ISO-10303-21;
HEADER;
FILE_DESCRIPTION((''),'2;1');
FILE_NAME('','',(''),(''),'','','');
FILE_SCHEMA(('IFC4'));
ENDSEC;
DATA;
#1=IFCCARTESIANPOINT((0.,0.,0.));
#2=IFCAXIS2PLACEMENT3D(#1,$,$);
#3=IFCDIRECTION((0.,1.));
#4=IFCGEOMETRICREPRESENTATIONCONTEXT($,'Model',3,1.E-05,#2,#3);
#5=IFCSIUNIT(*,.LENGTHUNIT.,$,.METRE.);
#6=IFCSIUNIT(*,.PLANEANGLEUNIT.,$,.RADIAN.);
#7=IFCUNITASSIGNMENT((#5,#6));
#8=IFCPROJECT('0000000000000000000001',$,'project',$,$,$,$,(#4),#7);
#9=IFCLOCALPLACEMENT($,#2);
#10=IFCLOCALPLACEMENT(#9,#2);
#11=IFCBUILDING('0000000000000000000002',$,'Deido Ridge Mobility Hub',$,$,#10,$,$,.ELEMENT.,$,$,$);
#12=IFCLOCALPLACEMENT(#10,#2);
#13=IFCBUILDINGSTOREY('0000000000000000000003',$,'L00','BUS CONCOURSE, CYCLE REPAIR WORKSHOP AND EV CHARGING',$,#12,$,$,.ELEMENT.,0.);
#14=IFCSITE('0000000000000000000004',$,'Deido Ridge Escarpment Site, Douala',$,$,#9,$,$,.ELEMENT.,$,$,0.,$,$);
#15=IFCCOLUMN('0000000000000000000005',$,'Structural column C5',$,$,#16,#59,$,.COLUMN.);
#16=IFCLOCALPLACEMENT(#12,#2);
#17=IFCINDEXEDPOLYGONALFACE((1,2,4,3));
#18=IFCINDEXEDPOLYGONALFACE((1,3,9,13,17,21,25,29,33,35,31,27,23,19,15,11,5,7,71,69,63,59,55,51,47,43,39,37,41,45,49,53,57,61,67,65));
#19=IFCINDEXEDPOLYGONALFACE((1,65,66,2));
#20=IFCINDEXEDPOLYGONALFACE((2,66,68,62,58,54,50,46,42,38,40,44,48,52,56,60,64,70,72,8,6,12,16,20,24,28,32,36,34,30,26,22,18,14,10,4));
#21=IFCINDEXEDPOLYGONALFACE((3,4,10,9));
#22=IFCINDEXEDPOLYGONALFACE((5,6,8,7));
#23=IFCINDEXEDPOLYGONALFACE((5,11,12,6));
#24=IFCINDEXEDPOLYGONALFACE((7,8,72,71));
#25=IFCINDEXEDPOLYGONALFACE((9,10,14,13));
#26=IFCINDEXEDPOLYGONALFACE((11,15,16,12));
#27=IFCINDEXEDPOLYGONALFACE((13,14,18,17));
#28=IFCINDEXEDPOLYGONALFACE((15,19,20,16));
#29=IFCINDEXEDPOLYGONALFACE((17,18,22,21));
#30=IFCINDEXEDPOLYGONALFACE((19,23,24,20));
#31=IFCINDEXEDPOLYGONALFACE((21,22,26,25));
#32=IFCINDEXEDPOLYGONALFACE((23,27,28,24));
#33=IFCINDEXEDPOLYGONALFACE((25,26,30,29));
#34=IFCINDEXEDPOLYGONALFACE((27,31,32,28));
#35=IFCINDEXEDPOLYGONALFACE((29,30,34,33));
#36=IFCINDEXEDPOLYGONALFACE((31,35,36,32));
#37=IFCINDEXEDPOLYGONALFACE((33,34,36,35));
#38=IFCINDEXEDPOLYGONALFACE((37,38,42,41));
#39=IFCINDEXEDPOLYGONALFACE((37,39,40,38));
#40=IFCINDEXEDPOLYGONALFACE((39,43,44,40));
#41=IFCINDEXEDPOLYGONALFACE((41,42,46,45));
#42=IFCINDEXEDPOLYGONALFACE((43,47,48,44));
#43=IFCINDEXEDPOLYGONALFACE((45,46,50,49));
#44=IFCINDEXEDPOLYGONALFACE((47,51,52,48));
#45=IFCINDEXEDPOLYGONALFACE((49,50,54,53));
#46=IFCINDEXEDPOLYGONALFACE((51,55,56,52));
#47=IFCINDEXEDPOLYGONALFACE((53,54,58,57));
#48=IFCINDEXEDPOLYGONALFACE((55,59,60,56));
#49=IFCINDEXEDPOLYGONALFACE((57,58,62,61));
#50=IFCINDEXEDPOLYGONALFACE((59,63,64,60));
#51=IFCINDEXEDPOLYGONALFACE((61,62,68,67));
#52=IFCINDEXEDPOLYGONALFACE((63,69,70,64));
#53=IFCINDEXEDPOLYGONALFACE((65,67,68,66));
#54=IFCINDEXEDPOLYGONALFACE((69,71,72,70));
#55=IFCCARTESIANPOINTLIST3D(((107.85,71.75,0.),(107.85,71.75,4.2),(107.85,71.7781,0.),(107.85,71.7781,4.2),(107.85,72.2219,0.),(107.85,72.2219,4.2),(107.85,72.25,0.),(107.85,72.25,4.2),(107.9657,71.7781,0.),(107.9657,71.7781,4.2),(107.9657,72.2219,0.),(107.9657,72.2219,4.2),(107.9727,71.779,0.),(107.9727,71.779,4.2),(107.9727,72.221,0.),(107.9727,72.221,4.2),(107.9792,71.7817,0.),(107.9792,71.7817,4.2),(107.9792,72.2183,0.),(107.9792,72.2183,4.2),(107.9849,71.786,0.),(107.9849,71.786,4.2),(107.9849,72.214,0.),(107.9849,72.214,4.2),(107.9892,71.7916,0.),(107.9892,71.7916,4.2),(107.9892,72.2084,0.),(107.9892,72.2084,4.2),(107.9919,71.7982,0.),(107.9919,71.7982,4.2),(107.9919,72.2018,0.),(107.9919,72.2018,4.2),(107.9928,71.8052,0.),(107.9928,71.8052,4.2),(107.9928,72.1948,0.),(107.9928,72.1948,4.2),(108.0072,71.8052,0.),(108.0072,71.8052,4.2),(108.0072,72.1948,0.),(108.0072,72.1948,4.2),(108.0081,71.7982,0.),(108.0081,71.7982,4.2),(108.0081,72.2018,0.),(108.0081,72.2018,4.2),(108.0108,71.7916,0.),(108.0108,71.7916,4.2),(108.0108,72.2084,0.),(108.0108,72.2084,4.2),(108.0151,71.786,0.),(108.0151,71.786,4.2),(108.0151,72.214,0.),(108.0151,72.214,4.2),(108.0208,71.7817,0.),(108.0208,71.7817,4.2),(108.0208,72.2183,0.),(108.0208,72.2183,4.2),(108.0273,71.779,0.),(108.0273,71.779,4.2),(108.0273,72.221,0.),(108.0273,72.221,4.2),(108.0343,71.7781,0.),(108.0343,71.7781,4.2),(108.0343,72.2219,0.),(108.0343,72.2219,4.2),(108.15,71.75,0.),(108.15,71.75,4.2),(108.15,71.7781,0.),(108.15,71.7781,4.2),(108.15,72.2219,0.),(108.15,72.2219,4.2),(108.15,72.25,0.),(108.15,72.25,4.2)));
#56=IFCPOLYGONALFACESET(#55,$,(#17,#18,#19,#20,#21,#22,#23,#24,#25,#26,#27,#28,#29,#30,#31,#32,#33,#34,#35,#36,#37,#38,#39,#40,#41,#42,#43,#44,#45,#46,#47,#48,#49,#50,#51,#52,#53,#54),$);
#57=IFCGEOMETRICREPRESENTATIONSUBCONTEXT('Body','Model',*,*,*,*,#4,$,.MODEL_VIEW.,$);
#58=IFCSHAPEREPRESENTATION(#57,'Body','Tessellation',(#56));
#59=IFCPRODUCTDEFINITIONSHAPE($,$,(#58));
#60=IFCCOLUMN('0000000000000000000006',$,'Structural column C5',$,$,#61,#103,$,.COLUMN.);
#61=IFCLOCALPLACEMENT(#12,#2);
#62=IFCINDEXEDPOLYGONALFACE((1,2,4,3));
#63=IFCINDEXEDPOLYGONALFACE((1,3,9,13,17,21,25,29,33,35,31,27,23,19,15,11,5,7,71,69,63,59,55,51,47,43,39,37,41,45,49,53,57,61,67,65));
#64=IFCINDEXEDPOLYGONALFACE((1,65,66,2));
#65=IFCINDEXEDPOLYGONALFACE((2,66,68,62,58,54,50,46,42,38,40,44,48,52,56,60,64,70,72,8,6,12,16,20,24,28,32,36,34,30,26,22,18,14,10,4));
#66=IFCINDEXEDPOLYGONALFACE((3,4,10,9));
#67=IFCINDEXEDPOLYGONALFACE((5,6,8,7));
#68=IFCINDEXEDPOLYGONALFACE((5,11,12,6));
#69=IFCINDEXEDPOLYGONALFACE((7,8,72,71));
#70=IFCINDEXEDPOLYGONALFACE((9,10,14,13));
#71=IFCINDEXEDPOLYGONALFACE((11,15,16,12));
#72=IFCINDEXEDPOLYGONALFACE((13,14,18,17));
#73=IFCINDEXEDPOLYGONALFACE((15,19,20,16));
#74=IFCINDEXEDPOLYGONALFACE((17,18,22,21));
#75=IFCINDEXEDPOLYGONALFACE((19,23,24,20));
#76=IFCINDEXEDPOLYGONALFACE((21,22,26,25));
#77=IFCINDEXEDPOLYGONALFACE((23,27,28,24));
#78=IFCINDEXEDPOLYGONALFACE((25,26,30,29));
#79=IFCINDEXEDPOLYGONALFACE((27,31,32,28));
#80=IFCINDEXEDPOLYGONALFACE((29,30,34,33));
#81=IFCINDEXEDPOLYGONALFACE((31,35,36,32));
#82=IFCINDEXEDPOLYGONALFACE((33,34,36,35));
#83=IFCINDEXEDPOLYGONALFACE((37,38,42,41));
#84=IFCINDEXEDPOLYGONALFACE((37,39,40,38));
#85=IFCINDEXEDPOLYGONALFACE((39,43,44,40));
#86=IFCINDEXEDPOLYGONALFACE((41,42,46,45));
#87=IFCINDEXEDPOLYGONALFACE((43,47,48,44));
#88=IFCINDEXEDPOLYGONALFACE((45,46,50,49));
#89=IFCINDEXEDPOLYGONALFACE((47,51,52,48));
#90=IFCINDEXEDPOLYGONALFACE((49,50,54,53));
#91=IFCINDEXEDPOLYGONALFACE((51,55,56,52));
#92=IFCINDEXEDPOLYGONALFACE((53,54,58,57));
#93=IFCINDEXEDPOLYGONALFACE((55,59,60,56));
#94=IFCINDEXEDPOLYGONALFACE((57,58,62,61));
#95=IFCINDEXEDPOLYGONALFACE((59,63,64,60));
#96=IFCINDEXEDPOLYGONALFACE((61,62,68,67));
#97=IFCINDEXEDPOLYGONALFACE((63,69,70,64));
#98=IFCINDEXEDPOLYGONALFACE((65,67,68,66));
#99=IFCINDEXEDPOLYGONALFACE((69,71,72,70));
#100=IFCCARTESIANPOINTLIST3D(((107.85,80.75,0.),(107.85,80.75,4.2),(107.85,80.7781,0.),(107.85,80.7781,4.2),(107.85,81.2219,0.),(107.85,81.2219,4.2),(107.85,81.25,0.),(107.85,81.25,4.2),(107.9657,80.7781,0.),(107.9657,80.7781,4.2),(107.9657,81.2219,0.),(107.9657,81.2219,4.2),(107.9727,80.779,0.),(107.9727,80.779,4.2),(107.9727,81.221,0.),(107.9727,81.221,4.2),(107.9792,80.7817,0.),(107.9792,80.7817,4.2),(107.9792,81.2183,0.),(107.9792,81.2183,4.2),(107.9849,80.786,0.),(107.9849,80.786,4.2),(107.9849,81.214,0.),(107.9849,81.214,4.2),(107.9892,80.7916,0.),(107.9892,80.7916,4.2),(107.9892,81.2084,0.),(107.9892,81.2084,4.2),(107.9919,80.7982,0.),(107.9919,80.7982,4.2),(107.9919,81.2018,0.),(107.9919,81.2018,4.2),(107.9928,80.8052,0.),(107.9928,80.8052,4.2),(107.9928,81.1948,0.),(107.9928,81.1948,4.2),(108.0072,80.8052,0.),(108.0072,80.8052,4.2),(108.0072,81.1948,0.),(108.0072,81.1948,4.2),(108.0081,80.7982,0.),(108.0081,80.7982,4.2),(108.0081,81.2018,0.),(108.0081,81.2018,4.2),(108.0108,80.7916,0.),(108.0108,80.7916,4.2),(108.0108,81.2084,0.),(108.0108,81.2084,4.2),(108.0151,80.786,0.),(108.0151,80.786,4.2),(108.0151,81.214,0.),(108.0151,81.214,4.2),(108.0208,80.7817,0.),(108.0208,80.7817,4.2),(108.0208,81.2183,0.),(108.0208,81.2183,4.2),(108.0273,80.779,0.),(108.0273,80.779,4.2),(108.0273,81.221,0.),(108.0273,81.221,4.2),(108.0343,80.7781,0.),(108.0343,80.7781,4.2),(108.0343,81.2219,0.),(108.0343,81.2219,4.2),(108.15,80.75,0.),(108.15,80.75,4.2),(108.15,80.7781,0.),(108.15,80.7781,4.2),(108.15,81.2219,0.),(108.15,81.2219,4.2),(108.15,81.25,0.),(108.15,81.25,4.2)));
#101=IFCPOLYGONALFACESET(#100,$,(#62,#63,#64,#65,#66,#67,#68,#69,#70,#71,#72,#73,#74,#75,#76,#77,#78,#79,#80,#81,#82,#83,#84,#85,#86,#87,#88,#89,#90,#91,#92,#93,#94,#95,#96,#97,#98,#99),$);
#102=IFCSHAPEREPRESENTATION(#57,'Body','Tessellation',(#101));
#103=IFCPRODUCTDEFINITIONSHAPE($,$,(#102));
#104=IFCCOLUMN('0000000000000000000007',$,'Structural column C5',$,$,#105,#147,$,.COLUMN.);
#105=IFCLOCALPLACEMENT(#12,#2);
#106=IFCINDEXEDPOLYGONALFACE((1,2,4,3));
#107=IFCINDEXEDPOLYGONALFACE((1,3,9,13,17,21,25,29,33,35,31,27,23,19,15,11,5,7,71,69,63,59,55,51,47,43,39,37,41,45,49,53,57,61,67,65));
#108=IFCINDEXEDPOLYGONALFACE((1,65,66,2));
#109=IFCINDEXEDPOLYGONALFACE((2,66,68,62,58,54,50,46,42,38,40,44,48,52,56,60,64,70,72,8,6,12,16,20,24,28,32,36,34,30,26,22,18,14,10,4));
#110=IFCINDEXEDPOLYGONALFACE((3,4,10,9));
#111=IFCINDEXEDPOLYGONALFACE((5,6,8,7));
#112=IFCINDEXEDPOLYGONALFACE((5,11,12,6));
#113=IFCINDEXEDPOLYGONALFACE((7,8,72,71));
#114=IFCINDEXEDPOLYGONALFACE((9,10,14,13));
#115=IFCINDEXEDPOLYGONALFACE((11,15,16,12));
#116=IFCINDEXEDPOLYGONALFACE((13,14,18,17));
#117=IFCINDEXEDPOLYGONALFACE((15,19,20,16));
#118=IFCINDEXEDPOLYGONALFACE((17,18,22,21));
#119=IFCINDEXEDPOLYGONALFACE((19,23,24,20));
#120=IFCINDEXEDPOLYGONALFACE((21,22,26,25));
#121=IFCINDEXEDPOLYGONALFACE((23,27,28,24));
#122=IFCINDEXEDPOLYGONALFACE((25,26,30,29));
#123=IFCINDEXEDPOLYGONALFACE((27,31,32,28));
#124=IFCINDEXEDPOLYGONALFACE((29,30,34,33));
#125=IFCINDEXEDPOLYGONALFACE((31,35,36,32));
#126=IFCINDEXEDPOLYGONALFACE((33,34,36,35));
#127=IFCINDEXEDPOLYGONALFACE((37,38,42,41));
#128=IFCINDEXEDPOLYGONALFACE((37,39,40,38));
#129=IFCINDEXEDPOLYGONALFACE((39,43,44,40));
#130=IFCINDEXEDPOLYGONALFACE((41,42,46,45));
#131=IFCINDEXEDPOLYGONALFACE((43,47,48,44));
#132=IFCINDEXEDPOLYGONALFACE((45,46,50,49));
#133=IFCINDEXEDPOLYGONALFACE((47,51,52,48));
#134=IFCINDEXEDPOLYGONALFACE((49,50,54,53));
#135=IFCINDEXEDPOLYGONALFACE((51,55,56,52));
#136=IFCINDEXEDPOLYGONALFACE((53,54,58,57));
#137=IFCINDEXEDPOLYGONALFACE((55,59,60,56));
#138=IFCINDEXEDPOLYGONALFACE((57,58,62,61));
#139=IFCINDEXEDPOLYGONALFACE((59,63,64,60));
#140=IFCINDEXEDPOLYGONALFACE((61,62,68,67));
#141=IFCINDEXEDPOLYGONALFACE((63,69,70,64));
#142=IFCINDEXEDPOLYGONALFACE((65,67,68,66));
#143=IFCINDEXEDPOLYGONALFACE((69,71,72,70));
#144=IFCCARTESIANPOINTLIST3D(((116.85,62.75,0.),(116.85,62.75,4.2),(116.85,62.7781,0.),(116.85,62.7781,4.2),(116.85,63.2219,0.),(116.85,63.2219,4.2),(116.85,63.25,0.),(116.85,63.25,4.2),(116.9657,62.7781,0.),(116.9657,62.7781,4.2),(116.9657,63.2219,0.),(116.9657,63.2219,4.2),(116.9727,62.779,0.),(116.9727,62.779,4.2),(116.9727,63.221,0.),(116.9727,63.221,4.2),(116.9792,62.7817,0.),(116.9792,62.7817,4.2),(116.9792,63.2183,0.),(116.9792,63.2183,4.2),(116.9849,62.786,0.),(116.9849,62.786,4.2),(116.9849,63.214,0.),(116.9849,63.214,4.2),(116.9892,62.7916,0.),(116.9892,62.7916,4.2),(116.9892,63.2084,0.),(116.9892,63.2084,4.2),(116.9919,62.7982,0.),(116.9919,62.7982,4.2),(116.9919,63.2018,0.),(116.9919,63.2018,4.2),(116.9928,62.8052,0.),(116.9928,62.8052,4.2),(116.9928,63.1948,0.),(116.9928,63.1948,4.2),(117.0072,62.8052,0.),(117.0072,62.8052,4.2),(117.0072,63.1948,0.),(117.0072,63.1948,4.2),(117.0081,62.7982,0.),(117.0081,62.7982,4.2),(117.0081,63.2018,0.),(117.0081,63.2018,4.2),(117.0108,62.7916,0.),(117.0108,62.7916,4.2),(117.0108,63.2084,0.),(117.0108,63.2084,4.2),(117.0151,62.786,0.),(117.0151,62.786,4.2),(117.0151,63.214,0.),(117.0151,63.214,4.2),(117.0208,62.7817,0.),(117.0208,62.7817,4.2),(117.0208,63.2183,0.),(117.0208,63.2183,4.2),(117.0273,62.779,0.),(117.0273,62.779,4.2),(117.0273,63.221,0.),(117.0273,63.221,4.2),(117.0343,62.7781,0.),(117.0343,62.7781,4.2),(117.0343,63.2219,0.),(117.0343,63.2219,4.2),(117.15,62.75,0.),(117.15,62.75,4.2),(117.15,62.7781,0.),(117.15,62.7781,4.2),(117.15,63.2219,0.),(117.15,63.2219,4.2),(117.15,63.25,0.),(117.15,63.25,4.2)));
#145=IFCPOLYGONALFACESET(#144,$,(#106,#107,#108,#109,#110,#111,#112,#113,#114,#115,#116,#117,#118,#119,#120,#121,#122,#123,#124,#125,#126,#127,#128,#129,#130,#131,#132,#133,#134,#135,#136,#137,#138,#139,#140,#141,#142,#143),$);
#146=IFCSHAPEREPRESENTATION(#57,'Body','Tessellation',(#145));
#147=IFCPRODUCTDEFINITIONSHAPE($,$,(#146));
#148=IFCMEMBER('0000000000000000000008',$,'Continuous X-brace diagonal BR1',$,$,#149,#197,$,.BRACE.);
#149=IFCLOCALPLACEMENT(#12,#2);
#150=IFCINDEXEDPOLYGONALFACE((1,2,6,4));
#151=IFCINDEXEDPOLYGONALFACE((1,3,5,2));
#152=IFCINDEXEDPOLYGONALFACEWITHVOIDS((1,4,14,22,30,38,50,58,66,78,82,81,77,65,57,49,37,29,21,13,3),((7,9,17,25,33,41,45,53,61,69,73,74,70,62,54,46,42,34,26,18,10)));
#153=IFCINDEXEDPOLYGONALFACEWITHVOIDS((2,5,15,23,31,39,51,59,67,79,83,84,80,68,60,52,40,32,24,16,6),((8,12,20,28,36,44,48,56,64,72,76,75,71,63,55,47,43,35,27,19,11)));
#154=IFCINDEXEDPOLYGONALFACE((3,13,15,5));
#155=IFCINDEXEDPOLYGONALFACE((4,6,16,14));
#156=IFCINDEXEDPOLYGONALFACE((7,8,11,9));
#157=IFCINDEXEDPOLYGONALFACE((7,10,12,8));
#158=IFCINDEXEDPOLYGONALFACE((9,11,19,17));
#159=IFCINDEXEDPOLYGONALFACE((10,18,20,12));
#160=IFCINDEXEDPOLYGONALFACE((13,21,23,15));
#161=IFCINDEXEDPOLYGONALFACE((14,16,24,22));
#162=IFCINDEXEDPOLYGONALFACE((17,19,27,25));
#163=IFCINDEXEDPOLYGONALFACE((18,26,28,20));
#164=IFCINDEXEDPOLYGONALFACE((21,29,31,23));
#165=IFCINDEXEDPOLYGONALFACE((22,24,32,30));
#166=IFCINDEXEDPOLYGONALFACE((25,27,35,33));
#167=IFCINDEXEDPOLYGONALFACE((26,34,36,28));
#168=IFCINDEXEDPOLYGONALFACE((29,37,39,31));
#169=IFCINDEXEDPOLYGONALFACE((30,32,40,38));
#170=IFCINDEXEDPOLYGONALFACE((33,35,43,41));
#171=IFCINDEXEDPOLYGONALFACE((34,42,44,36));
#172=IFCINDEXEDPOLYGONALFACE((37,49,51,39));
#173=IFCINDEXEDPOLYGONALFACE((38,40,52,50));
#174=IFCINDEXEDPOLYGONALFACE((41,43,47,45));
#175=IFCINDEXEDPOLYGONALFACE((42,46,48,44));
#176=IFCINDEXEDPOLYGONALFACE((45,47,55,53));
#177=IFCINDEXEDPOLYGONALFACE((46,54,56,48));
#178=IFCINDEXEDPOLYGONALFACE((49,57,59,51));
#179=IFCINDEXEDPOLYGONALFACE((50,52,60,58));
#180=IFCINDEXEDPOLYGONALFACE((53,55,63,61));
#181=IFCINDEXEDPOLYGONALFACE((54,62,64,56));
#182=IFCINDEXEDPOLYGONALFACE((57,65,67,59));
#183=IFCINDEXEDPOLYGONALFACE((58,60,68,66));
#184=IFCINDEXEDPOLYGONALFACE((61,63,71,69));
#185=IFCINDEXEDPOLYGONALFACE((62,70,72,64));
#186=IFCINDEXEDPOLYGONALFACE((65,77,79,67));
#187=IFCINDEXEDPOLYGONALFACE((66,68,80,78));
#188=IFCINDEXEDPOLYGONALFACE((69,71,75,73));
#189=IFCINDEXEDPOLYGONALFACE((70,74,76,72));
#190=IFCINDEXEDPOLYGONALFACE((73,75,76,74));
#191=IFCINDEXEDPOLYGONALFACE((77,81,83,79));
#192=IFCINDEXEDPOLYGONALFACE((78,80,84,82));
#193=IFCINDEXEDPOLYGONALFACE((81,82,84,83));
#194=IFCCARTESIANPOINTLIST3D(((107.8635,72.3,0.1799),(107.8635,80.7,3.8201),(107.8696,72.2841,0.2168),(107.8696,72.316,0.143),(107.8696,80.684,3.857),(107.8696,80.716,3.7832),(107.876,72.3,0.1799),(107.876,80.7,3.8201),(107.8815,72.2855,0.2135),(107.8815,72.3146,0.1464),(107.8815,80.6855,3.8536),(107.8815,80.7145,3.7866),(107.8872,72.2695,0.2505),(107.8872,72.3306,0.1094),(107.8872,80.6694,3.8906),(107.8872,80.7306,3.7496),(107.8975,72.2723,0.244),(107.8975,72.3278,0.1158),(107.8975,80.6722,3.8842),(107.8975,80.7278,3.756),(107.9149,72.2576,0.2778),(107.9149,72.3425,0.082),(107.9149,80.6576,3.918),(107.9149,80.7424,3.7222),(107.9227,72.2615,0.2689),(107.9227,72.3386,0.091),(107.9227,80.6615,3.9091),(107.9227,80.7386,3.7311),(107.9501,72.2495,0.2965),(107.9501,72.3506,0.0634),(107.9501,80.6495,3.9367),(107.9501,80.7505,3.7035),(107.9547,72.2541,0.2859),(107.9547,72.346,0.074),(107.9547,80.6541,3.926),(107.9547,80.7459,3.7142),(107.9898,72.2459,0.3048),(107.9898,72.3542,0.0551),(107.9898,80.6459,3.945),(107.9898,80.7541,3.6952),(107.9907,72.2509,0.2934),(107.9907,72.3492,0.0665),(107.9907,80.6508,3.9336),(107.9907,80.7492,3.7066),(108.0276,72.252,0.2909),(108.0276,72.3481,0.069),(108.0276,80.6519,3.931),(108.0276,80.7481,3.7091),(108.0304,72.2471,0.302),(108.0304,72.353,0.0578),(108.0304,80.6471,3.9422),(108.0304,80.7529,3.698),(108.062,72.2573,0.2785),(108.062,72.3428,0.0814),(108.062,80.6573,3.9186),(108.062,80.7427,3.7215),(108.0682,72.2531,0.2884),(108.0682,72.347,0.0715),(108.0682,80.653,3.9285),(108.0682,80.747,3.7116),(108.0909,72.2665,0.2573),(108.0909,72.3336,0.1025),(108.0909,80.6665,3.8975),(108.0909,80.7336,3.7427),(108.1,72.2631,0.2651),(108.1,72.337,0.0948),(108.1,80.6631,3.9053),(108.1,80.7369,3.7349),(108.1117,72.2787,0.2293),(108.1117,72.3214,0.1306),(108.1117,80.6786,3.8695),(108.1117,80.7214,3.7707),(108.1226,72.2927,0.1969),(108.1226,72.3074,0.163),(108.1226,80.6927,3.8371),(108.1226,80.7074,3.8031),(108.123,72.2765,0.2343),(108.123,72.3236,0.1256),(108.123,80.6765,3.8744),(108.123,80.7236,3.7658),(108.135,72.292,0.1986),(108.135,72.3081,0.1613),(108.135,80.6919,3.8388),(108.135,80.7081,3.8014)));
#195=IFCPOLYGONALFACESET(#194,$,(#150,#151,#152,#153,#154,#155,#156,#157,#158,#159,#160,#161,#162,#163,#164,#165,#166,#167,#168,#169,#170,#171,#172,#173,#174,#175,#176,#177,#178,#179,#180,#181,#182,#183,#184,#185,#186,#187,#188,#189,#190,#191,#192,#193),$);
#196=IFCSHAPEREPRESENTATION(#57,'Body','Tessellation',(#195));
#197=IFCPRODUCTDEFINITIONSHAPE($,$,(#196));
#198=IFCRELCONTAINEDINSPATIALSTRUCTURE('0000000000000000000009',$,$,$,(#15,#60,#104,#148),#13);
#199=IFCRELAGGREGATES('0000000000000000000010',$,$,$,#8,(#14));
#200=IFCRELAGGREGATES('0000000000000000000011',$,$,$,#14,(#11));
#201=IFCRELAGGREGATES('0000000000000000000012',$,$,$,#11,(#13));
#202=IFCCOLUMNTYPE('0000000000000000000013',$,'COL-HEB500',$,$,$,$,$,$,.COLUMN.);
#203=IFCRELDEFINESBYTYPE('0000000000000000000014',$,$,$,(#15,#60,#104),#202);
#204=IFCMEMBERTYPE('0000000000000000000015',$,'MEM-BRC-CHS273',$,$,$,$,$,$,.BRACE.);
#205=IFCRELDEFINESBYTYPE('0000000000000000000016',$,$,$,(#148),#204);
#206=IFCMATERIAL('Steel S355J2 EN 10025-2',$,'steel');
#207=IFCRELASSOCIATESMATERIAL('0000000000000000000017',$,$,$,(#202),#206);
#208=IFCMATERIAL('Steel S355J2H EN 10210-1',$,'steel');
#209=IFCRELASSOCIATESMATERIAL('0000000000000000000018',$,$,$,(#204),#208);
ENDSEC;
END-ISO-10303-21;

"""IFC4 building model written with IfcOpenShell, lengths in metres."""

from ifc_helpers import new_model, si_unit, direction, frame, origin, origin_2d, place, context, subcontext, project, spatial, hollow_circle, i_section, extrude, material, material_profile, profile_set, type_object, element, save


model = new_model("IFC4")

# Units and contexts
model_context = context("Model", 3, precision=1e-05, world=origin(), true_north=direction((0.0, 1.0)))
body_context = subcontext(model_context, "Body", "Model", "MODEL_VIEW")
ifc_project = project(units=[si_unit("LENGTHUNIT", "METRE"), si_unit("PLANEANGLEUNIT", "RADIAN")], contexts=[model_context])

# Site, building, storey
site_placement = place(None, origin())
site = spatial("IfcSite", under=ifc_project, at=site_placement, Name="Deido Ridge Escarpment Site, Douala", CompositionType="ELEMENT", RefElevation=0.0)
building_placement = place(site_placement, origin())
building = spatial("IfcBuilding", under=site, at=building_placement, Name="Deido Ridge Mobility Hub", CompositionType="ELEMENT")
storey_placement = place(building_placement, origin())
storey = spatial("IfcBuildingStorey", under=building, at=storey_placement, Name="L00", Description="BUS CONCOURSE, CYCLE REPAIR WORKSHOP AND EV CHARGING", CompositionType="ELEMENT", Elevation=0.0)

# Columns
ifc_material_1 = material(Name="Steel S355J2 EN 10025-2", Category="steel")
ifc_material_profile_1 = material_profile(ifc_material_1, i_section(OverallWidth=0.3, OverallDepth=0.5, WebThickness=0.0144, FlangeThickness=0.0281, FilletRadius=0.0271, at=origin_2d()), Name="HEB 500")
ifc_profile_set_1 = profile_set([ifc_material_profile_1], Name="Steel S355J2 EN 10025-2")
column_type = type_object("IfcColumnType", Name="COL-HEB500", PredefinedType="COLUMN", material=ifc_profile_set_1)
for number, where, z_axis, x_axis, name in (
    (1, (108.0, 72.0, 0.0), (0.0, 0.0, 1.0), (1.0, 0.0, 0.0), "Structural column C5"),
    (2, (108.0, 81.0, 0.0), (0.0, 0.0, 1.0), (1.0, 0.0, 0.0), "Structural column C5"),
    (3, (117.0, 63.0, 0.0), (0.0, 0.0, 1.0), (1.0, 0.0, 0.0), "Structural column C5"),
):
    element("IfcColumn", number, at=place(storey_placement, frame(where, z_axis=z_axis, x_axis=x_axis)), inside=storey, type_object=column_type, Name=name, PredefinedType="COLUMN", context=body_context, shape_type="SweptSolid", body=[
        extrude(i_section(OverallWidth=0.3, OverallDepth=0.5, WebThickness=0.0144, FlangeThickness=0.0281, FilletRadius=0.0271, at=origin_2d()), origin(), (0.0, 0.0, 1.0), 4.2),
    ])

# Member
ifc_material_2 = material(Name="Steel S355J2H EN 10210-1", Category="steel")
ifc_material_profile_2 = material_profile(ifc_material_2, hollow_circle(Radius=0.1365, WallThickness=0.0125, at=origin_2d()), Name="CHS 273x12.5")
ifc_profile_set_2 = profile_set([ifc_material_profile_2], Name="Steel S355J2H EN 10210-1")
member_type_1 = type_object("IfcMemberType", Name="MEM-BRC-CHS273", PredefinedType="BRACE", material=ifc_profile_set_2)
member_1_placement = place(storey_placement, frame((108.0, 72.3, 0.1799), z_axis=(0.0, 0.917548, 0.397624), x_axis=(-1.0, 0.0, 0.0)))
element("IfcMember", 4, at=member_1_placement, inside=storey, type_object=member_type_1, Name="Continuous X-brace diagonal BR1", PredefinedType="BRACE", context=body_context, shape_type="SweptSolid", body=[
    extrude(hollow_circle(Radius=0.1365, WallThickness=0.0125, at=origin_2d()), origin(), (0.0, 0.0, 1.0), 9.1548),
])

save(model, "model.ifc")
